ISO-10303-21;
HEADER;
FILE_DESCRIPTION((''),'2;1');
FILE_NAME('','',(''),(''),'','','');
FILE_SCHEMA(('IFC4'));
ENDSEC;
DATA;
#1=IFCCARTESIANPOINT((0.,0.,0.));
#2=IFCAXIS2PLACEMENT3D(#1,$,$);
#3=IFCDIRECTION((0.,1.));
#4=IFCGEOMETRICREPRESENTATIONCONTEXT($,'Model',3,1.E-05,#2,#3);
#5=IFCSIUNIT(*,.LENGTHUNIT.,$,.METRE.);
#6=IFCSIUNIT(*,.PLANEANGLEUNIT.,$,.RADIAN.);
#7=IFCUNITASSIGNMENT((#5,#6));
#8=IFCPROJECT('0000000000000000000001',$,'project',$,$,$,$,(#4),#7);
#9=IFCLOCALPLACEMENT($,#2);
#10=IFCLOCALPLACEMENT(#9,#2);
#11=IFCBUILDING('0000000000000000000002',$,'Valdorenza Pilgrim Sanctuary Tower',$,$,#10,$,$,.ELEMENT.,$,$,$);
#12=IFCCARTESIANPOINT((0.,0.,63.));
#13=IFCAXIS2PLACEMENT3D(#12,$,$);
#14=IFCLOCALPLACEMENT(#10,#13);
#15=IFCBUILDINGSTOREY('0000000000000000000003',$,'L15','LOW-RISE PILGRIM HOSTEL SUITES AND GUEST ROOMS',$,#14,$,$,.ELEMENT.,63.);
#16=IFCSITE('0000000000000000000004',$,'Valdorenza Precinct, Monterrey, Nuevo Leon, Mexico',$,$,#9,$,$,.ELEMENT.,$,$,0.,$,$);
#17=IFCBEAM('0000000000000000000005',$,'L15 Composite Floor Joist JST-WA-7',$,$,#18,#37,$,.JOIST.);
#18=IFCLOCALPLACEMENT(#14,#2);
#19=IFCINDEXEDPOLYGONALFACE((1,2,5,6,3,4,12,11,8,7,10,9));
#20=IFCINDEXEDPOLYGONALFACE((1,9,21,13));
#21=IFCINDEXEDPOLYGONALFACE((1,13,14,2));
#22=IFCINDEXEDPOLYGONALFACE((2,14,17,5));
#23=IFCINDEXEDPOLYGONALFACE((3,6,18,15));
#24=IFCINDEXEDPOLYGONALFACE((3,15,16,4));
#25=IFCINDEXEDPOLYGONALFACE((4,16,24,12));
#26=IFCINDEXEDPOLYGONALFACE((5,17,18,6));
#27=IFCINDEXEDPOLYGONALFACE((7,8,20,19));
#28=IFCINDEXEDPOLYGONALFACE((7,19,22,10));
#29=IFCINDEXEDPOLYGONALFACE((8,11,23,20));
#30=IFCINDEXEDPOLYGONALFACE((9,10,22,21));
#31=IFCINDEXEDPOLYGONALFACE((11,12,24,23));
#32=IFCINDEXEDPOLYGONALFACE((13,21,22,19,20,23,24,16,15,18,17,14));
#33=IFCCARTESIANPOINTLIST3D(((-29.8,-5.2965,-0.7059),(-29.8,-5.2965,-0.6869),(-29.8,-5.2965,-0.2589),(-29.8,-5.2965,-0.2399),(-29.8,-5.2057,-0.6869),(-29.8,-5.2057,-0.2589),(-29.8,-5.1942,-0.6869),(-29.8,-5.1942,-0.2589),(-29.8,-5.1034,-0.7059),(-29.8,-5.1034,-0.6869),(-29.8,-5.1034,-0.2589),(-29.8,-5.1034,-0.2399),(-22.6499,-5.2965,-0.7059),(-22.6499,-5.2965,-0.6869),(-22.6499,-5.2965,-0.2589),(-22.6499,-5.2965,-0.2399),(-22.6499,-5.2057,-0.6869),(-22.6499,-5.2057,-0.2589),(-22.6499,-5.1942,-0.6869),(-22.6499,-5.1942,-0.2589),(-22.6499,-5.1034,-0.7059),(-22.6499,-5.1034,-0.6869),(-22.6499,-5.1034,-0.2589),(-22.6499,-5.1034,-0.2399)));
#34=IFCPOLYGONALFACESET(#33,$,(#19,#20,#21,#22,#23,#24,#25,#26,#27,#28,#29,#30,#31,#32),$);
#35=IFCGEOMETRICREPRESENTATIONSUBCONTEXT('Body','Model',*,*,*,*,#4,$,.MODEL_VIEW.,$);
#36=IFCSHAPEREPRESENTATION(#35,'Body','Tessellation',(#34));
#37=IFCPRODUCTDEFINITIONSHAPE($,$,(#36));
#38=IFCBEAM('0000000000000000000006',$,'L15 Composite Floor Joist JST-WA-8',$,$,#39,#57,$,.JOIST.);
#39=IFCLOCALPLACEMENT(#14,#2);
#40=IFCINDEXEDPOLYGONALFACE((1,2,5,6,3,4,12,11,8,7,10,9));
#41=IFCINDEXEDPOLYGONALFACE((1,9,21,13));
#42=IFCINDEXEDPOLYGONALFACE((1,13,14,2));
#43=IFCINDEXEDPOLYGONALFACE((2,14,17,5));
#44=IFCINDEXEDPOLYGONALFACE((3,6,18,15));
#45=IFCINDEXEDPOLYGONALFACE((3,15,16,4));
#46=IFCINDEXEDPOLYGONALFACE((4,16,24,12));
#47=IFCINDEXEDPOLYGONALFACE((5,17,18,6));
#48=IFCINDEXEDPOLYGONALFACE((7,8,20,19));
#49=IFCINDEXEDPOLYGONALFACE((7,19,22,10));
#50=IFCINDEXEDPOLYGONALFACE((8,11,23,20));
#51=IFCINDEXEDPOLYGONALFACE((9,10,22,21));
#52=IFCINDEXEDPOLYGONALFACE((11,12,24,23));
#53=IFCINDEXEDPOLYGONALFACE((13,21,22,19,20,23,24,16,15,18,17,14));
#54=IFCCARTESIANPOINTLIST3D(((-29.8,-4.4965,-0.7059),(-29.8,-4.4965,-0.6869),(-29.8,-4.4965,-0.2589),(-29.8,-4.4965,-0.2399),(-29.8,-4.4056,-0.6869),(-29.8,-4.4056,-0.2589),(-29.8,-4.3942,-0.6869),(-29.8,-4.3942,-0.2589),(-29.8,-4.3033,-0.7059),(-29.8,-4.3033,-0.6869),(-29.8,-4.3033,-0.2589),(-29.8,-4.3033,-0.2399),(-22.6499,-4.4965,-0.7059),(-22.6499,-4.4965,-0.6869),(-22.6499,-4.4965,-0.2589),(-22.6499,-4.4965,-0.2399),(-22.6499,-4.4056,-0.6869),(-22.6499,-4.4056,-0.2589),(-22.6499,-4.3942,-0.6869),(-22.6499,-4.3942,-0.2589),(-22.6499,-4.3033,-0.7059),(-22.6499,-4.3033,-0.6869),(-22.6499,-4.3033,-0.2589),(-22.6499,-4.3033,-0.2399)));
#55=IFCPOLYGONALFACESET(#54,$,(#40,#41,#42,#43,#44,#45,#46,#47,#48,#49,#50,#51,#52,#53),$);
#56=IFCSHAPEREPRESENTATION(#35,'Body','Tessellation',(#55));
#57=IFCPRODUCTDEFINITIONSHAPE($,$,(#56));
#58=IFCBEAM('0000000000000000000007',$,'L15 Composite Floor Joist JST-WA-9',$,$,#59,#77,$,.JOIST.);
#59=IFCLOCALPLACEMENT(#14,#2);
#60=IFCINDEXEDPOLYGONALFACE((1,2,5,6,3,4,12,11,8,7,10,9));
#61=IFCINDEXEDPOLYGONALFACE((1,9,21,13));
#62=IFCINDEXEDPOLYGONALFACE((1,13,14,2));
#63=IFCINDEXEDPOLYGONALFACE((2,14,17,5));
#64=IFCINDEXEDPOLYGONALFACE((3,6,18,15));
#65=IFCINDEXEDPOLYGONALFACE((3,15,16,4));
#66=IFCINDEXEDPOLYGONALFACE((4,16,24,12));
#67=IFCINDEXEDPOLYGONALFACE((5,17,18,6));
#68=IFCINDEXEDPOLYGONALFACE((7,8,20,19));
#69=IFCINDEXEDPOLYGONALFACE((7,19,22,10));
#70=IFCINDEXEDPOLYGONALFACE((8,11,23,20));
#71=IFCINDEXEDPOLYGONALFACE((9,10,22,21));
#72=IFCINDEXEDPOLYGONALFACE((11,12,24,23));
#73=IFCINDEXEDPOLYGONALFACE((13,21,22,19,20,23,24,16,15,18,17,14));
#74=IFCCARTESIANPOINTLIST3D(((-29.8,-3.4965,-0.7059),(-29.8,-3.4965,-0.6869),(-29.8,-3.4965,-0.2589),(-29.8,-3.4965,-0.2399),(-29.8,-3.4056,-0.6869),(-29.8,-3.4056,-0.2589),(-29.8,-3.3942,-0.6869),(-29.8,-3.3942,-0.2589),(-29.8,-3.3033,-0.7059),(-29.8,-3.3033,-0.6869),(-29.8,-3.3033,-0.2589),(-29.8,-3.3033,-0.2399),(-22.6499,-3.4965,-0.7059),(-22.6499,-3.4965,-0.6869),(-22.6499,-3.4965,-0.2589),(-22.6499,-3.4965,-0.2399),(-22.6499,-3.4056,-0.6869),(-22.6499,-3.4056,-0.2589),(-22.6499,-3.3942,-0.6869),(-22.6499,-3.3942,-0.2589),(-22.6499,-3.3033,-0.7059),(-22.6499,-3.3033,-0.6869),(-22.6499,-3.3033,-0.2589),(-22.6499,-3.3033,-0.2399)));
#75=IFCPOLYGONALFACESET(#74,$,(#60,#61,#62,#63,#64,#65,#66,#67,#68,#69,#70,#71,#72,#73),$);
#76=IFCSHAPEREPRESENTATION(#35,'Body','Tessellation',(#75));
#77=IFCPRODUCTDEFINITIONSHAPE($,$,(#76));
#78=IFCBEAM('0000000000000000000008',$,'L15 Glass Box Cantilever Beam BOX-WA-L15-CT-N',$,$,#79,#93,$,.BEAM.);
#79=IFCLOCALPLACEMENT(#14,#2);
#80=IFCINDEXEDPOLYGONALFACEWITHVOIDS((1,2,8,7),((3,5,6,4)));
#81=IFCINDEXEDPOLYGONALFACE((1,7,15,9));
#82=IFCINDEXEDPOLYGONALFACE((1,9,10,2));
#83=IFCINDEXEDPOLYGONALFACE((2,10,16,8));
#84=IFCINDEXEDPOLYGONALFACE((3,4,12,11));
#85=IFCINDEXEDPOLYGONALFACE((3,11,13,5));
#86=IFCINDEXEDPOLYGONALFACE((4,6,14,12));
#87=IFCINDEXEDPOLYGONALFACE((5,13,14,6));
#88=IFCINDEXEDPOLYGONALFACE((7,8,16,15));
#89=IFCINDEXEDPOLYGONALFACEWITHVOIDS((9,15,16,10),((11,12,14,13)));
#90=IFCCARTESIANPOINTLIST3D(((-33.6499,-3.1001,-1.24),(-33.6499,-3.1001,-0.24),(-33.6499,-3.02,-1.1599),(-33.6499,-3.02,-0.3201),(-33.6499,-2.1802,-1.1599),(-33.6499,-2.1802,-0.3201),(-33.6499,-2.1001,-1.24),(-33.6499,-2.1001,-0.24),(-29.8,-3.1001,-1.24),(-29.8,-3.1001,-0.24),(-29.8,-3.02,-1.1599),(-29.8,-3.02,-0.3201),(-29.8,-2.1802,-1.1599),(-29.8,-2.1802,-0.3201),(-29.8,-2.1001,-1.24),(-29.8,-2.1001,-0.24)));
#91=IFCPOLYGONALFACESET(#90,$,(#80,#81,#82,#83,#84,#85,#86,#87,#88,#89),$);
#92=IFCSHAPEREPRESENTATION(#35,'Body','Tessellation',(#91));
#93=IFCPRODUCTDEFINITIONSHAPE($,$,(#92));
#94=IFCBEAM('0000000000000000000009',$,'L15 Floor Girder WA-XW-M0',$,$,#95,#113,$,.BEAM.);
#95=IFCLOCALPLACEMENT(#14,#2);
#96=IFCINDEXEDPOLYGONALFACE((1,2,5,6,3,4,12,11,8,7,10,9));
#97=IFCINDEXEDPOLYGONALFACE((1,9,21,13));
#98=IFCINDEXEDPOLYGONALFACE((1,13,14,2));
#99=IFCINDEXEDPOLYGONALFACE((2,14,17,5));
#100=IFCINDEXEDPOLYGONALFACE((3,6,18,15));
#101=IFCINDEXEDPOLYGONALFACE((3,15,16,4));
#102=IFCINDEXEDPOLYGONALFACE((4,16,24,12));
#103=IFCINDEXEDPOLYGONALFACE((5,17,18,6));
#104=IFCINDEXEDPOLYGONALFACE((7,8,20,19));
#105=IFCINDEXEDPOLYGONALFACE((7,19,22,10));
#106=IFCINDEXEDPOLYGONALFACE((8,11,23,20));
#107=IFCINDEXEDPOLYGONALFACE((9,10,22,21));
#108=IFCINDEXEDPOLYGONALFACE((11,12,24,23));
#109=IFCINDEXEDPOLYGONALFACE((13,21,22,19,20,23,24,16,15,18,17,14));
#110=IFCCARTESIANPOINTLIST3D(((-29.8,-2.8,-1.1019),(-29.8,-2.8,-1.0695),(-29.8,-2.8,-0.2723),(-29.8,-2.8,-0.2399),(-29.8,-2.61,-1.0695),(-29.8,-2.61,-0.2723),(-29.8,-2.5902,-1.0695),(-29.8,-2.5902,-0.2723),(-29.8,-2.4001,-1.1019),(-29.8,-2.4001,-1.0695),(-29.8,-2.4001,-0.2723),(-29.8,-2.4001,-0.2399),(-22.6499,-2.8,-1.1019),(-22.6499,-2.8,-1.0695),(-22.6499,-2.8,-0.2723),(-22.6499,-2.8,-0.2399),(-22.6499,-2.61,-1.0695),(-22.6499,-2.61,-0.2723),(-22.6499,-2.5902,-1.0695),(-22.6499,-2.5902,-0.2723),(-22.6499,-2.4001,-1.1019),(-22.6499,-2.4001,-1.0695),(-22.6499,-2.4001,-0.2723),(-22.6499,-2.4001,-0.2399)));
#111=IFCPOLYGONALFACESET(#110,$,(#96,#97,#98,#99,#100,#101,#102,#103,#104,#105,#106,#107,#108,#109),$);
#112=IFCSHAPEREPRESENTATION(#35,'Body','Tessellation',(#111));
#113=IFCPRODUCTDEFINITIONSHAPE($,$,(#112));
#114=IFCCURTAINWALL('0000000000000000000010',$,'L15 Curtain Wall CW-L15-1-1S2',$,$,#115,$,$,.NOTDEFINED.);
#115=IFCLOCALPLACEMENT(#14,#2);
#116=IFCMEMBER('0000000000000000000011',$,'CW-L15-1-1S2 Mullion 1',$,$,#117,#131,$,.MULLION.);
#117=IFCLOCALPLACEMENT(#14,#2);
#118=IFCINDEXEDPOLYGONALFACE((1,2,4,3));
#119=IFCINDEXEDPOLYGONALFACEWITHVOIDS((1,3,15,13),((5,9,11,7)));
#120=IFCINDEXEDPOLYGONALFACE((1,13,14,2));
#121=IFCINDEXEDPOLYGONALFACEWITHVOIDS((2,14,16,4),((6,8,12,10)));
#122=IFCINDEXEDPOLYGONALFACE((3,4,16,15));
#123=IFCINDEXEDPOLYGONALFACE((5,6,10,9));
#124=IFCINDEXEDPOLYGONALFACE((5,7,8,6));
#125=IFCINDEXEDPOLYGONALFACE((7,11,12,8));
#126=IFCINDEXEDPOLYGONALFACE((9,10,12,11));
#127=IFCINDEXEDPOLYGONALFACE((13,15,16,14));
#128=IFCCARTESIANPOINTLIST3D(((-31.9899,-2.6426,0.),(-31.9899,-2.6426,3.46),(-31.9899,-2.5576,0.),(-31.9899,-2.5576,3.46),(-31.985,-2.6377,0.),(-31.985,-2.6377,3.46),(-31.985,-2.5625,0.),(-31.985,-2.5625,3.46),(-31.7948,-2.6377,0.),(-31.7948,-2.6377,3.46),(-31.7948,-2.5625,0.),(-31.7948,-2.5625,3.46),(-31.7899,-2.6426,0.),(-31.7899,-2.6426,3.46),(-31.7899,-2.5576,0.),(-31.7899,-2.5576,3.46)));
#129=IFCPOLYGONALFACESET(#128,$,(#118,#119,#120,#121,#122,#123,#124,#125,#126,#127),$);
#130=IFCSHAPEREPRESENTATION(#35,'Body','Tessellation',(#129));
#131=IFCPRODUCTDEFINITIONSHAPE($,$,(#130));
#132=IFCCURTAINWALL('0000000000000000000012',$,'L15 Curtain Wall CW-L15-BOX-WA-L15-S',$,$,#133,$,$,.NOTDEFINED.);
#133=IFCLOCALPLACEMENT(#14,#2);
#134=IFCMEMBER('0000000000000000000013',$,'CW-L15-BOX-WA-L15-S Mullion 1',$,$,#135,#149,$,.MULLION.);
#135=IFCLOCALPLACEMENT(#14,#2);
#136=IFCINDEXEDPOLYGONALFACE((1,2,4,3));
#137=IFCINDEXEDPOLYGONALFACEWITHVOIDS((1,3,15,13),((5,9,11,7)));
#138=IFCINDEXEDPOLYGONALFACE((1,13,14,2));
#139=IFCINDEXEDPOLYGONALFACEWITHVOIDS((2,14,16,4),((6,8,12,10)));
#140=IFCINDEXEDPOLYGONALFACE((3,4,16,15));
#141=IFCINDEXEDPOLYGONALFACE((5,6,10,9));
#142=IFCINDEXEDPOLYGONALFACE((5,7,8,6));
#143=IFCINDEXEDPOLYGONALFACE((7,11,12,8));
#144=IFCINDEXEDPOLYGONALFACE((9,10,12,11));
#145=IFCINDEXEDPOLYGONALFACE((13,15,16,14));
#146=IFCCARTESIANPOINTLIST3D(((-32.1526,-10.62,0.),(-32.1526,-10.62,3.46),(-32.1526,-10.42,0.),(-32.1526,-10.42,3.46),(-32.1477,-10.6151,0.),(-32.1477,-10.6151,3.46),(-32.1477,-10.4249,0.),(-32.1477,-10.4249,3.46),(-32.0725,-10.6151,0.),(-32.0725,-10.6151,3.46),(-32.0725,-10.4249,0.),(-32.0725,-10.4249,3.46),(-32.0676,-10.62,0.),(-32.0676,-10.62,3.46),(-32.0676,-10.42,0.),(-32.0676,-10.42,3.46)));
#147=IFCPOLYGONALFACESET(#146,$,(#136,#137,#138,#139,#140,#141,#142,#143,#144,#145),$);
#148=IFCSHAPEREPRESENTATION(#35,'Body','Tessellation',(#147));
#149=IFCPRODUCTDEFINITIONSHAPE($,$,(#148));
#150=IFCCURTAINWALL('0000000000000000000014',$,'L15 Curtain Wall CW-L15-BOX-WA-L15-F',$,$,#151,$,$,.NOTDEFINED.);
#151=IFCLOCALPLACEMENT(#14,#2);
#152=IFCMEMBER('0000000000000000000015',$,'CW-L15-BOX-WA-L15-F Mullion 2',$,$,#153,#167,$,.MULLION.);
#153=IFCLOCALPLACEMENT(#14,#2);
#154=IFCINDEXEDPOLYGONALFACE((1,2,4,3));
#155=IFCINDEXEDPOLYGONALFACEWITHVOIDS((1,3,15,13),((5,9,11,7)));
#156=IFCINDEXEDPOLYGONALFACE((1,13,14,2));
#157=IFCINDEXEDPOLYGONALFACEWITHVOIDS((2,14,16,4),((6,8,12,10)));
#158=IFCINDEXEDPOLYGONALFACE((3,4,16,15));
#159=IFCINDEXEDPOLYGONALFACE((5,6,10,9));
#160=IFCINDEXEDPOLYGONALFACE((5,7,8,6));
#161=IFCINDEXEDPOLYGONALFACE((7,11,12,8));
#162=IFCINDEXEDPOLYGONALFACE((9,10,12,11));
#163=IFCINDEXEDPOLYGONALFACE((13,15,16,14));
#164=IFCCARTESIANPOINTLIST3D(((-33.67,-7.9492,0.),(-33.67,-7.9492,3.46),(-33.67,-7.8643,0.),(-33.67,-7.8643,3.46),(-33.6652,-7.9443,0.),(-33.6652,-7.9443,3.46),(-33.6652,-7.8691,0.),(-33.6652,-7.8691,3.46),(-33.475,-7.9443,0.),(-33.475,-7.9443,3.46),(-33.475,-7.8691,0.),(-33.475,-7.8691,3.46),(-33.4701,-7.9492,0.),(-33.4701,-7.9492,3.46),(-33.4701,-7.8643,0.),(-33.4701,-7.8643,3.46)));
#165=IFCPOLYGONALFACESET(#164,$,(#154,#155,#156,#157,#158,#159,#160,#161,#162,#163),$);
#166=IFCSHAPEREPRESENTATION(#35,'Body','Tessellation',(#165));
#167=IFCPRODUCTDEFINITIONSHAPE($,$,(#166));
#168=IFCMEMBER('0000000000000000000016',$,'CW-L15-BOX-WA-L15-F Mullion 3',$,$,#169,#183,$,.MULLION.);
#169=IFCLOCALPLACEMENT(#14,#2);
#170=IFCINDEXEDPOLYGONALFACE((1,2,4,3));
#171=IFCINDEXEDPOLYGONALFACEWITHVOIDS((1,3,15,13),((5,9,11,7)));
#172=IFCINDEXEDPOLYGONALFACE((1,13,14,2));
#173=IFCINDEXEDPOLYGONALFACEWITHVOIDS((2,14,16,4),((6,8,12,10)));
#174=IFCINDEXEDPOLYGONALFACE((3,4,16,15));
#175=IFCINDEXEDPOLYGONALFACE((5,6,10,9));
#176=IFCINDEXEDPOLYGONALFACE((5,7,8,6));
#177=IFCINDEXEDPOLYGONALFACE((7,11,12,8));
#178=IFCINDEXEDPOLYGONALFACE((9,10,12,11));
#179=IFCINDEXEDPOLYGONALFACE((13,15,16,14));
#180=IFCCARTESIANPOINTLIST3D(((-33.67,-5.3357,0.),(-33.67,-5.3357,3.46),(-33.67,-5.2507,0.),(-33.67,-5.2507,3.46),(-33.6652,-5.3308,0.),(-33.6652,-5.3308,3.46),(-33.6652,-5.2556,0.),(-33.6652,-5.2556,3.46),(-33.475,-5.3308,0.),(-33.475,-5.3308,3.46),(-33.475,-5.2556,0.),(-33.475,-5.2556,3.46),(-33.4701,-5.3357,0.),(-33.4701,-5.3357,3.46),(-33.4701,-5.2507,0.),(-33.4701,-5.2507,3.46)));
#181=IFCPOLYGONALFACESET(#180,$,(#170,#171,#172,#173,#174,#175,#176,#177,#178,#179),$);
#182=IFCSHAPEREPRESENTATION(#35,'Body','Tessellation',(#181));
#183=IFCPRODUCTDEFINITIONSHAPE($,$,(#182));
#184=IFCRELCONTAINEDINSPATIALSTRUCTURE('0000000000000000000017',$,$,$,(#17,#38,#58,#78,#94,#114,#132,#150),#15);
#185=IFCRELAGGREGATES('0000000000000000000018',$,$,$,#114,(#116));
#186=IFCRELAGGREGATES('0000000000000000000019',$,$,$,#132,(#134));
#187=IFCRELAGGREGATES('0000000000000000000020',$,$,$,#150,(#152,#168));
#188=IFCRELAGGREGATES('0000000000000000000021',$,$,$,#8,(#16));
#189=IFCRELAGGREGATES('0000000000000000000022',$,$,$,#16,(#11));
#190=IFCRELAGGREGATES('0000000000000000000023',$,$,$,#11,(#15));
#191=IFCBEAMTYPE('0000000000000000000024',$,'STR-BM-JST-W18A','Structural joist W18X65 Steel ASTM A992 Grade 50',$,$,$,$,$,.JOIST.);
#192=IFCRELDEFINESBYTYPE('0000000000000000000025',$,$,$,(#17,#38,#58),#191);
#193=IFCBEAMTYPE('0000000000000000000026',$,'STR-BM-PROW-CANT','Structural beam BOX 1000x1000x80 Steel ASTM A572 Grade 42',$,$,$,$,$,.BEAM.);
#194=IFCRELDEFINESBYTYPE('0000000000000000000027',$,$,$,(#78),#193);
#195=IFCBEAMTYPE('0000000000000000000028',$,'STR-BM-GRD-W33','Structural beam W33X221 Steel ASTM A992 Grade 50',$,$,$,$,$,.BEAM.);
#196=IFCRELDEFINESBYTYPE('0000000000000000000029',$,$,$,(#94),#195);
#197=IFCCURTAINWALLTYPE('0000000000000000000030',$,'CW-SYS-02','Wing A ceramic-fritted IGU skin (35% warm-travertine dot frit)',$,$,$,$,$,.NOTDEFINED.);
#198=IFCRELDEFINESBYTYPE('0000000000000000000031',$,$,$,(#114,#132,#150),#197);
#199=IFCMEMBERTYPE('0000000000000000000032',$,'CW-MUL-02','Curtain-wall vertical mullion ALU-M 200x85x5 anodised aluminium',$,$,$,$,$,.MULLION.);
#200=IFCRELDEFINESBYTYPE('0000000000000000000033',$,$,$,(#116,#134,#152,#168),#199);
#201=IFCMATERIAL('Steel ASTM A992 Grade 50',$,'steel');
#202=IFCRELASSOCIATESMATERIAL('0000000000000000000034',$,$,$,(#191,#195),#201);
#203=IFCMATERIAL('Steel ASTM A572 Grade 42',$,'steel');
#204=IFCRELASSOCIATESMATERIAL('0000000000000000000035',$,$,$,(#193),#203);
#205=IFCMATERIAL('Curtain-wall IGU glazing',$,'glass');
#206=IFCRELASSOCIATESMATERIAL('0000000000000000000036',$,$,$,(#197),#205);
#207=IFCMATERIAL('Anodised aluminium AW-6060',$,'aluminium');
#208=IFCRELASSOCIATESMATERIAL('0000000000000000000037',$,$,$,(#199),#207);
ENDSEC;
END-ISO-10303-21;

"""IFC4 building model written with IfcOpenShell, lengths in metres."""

from ifc_helpers import new_model, si_unit, direction, frame, origin, origin_2d, place, context, subcontext, project, spatial, hollow_rectangle, i_section, extrude, source, transform, mapped, material, material_profile, profile_set, type_object, element, aggregate, save


model = new_model("IFC4")

# Units and contexts
model_context = context("Model", 3, precision=1e-05, world=origin(), true_north=direction((0.0, 1.0)))
body_context = subcontext(model_context, "Body", "Model", "MODEL_VIEW")
ifc_project = project(units=[si_unit("LENGTHUNIT", "METRE"), si_unit("PLANEANGLEUNIT", "RADIAN")], contexts=[model_context])

# Site, building, storey
site_placement = place(None, origin())
site = spatial("IfcSite", under=ifc_project, at=site_placement, Name="Valdorenza Precinct, Monterrey, Nuevo Leon, Mexico", CompositionType="ELEMENT", RefElevation=0.0)
building_placement = place(site_placement, origin())
building = spatial("IfcBuilding", under=site, at=building_placement, Name="Valdorenza Pilgrim Sanctuary Tower", CompositionType="ELEMENT")
storey_placement = place(building_placement, frame((0.0, 0.0, 63.0)))
storey = spatial("IfcBuildingStorey", under=building, at=storey_placement, Name="L15", Description="LOW-RISE PILGRIM HOSTEL SUITES AND GUEST ROOMS", CompositionType="ELEMENT", Elevation=63.0)

# Beams
ifc_material_1 = material(Name="Steel ASTM A992 Grade 50", Category="steel")
ifc_material_profile_1 = material_profile(ifc_material_1, i_section(OverallWidth=0.1931, OverallDepth=0.4661, WebThickness=0.0115, FlangeThickness=0.019, at=origin_2d()), Name="W18X65")
ifc_profile_set_1 = profile_set([ifc_material_profile_1], Name="Steel ASTM A992 Grade 50")
beam_type_1 = type_object("IfcBeamType", Name="STR-BM-JST-W18A", Description="Structural joist W18X65 Steel ASTM A992 Grade 50", PredefinedType="JOIST", material=ifc_profile_set_1)
shared_shape_1 = source(origin(), body_context, "Body", "SweptSolid", [
    extrude(i_section(OverallWidth=0.1931, OverallDepth=0.4661, WebThickness=0.0115, FlangeThickness=0.019, at=origin_2d()), origin(), (0.0, 0.0, 1.0), 7.1501),
])
for number, where, z_axis, x_axis, name in (
    (1, (-29.8, -5.2, -0.4729), (1.0, 0.0, 0.0), (0.0, 1.0, 0.0), "L15 Composite Floor Joist JST-WA-7"),
    (2, (-29.8, -4.3999, -0.4729), (1.0, 0.0, 0.0), (0.0, 1.0, 0.0), "L15 Composite Floor Joist JST-WA-8"),
    (3, (-29.8, -3.3999, -0.4729), (1.0, 0.0, 0.0), (0.0, 1.0, 0.0), "L15 Composite Floor Joist JST-WA-9"),
):
    element("IfcBeam", number, at=place(storey_placement, frame(where, z_axis=z_axis, x_axis=x_axis)), inside=storey, type_object=beam_type_1, Name=name, PredefinedType="JOIST", context=body_context, shape_type="MappedRepresentation", body=[
        mapped(shared_shape_1, transform((0.0, 0.0, 0.0), x_axis=(1.0, 0.0, 0.0), y_axis=(0.0, 1.0, 0.0), z_axis=(0.0, 0.0, 1.0), scale=1.0)),
    ])
ifc_material_2 = material(Name="Steel ASTM A572 Grade 42", Category="steel")
ifc_material_profile_2 = material_profile(ifc_material_2, hollow_rectangle(XDim=1.0, YDim=1.0, WallThickness=0.0801, at=origin_2d()), Name="BOX 1000x1000x80")
ifc_profile_set_2 = profile_set([ifc_material_profile_2], Name="Steel ASTM A572 Grade 42")
beam_type_2 = type_object("IfcBeamType", Name="STR-BM-PROW-CANT", Description="Structural beam BOX 1000x1000x80 Steel ASTM A572 Grade 42", PredefinedType="BEAM", material=ifc_profile_set_2)
shared_shape_2 = source(origin(), body_context, "Body", "SweptSolid", [
    extrude(hollow_rectangle(XDim=1.0, YDim=1.0, WallThickness=0.0801, at=origin_2d()), origin(), (0.0, 0.0, 1.0), 3.8499),
])
beam_1_placement = place(storey_placement, frame((-29.8, -2.6001, -0.74), z_axis=(-1.0, 0.0, 0.0), x_axis=(0.0, -1.0, 0.0)))
element("IfcBeam", 4, at=beam_1_placement, inside=storey, type_object=beam_type_2, Name="L15 Glass Box Cantilever Beam BOX-WA-L15-CT-N", PredefinedType="BEAM", context=body_context, shape_type="MappedRepresentation", body=[
    mapped(shared_shape_2, transform((0.0, 0.0, 0.0), x_axis=(1.0, 0.0, 0.0), y_axis=(0.0, 1.0, 0.0), z_axis=(0.0, 0.0, 1.0), scale=1.0)),
])
ifc_material_profile_3 = material_profile(ifc_material_1, i_section(OverallWidth=0.3999, OverallDepth=0.8621, WebThickness=0.0198, FlangeThickness=0.0325, at=origin_2d()), Name="W33X221")
ifc_profile_set_3 = profile_set([ifc_material_profile_3], Name="Steel ASTM A992 Grade 50")
beam_type_3 = type_object("IfcBeamType", Name="STR-BM-GRD-W33", Description="Structural beam W33X221 Steel ASTM A992 Grade 50", PredefinedType="BEAM", material=ifc_profile_set_3)
shared_shape_3 = source(origin(), body_context, "Body", "SweptSolid", [
    extrude(i_section(OverallWidth=0.3999, OverallDepth=0.8621, WebThickness=0.0198, FlangeThickness=0.0325, at=origin_2d()), origin(), (0.0, 0.0, 1.0), 7.1501),
])
beam_2_placement = place(storey_placement, frame((-29.8, -2.6001, -0.6709), z_axis=(1.0, 0.0, 0.0), x_axis=(0.0, 1.0, 0.0)))
element("IfcBeam", 5, at=beam_2_placement, inside=storey, type_object=beam_type_3, Name="L15 Floor Girder WA-XW-M0", PredefinedType="BEAM", context=body_context, shape_type="MappedRepresentation", body=[
    mapped(shared_shape_3, transform((0.0, 0.0, 0.0), x_axis=(1.0, 0.0, 0.0), y_axis=(0.0, 1.0, 0.0), z_axis=(0.0, 0.0, 1.0), scale=1.0)),
])

# Curtain walls, members
ifc_material_3 = material(Name="Curtain-wall IGU glazing", Category="glass")
curtain_wall_type = type_object("IfcCurtainWallType", Name="CW-SYS-02", Description="Wing A ceramic-fritted IGU skin (35% warm-travertine dot frit)", PredefinedType="NOTDEFINED", material=ifc_material_3)
curtain_wall_1_placement = place(storey_placement, origin())
curtain_wall_1 = element("IfcCurtainWall", 6, at=curtain_wall_1_placement, inside=storey, type_object=curtain_wall_type, Name="L15 Curtain Wall CW-L15-1-1S2", PredefinedType="NOTDEFINED")
ifc_material_4 = material(Name="Anodised aluminium AW-6060", Category="aluminium")
ifc_material_profile_4 = material_profile(ifc_material_4, hollow_rectangle(XDim=0.085, YDim=0.2, WallThickness=0.0049, at=origin_2d()), Name="ALU-M 200x85x5")
ifc_profile_set_4 = profile_set([ifc_material_profile_4], Name="Anodised aluminium AW-6060")
member_type_1 = type_object("IfcMemberType", Name="CW-MUL-02", Description="Curtain-wall vertical mullion ALU-M 200x85x5 anodised aluminium", PredefinedType="MULLION", material=ifc_profile_set_4)
shared_shape_4 = source(origin(), body_context, "Body", "SweptSolid", [
    extrude(hollow_rectangle(XDim=0.085, YDim=0.2, WallThickness=0.0049, at=origin_2d()), origin(), (0.0, 0.0, 1.0), 3.46),
])
member_1_placement = place(storey_placement, frame((-31.8899, -2.6001, 0.0), z_axis=(0.0, 0.0, 1.0), x_axis=(0.0, 1.0, 0.0)))
member_1 = element("IfcMember", 7, at=member_1_placement, type_object=member_type_1, Name="CW-L15-1-1S2 Mullion 1", PredefinedType="MULLION", context=body_context, shape_type="MappedRepresentation", body=[
    mapped(shared_shape_4, transform((0.0, 0.0, 0.0), x_axis=(1.0, 0.0, 0.0), y_axis=(0.0, 1.0, 0.0), z_axis=(0.0, 0.0, 1.0), scale=1.0)),
])
curtain_wall_2_placement = place(storey_placement, origin())
curtain_wall_2 = element("IfcCurtainWall", 8, at=curtain_wall_2_placement, inside=storey, type_object=curtain_wall_type, Name="L15 Curtain Wall CW-L15-BOX-WA-L15-S", PredefinedType="NOTDEFINED")
member_2_placement = place(storey_placement, frame((-32.1101, -10.52, 0.0), z_axis=(0.0, 0.0, 1.0), x_axis=(-1.0, 0.0, 0.0)))
member_2 = element("IfcMember", 9, at=member_2_placement, type_object=member_type_1, Name="CW-L15-BOX-WA-L15-S Mullion 1", PredefinedType="MULLION", context=body_context, shape_type="MappedRepresentation", body=[
    mapped(shared_shape_4, transform((0.0, 0.0, 0.0), x_axis=(1.0, 0.0, 0.0), y_axis=(0.0, 1.0, 0.0), z_axis=(0.0, 0.0, 1.0), scale=1.0)),
])

# Curtain wall, members
curtain_wall_3_placement = place(storey_placement, origin())
curtain_wall_3 = element("IfcCurtainWall", 10, at=curtain_wall_3_placement, inside=storey, type_object=curtain_wall_type, Name="L15 Curtain Wall CW-L15-BOX-WA-L15-F", PredefinedType="NOTDEFINED")
member_3_placement = place(storey_placement, frame((-33.5701, -7.9067, 0.0), z_axis=(0.0, 0.0, 1.0), x_axis=(0.0, 1.0, 0.0)))
member_3 = element("IfcMember", 11, at=member_3_placement, type_object=member_type_1, Name="CW-L15-BOX-WA-L15-F Mullion 2", PredefinedType="MULLION", context=body_context, shape_type="MappedRepresentation", body=[
    mapped(shared_shape_4, transform((0.0, 0.0, 0.0), x_axis=(1.0, 0.0, 0.0), y_axis=(0.0, 1.0, 0.0), z_axis=(0.0, 0.0, 1.0), scale=1.0)),
])
member_4_placement = place(storey_placement, frame((-33.5701, -5.2932, 0.0), z_axis=(0.0, 0.0, 1.0), x_axis=(0.0, 1.0, 0.0)))
member_4 = element("IfcMember", 12, at=member_4_placement, type_object=member_type_1, Name="CW-L15-BOX-WA-L15-F Mullion 3", PredefinedType="MULLION", context=body_context, shape_type="MappedRepresentation", body=[
    mapped(shared_shape_4, transform((0.0, 0.0, 0.0), x_axis=(1.0, 0.0, 0.0), y_axis=(0.0, 1.0, 0.0), z_axis=(0.0, 0.0, 1.0), scale=1.0)),
])

aggregate(curtain_wall_1, [member_1])

aggregate(curtain_wall_2, [member_2])
aggregate(curtain_wall_3, [member_3, member_4])

save(model, "model.ifc")
